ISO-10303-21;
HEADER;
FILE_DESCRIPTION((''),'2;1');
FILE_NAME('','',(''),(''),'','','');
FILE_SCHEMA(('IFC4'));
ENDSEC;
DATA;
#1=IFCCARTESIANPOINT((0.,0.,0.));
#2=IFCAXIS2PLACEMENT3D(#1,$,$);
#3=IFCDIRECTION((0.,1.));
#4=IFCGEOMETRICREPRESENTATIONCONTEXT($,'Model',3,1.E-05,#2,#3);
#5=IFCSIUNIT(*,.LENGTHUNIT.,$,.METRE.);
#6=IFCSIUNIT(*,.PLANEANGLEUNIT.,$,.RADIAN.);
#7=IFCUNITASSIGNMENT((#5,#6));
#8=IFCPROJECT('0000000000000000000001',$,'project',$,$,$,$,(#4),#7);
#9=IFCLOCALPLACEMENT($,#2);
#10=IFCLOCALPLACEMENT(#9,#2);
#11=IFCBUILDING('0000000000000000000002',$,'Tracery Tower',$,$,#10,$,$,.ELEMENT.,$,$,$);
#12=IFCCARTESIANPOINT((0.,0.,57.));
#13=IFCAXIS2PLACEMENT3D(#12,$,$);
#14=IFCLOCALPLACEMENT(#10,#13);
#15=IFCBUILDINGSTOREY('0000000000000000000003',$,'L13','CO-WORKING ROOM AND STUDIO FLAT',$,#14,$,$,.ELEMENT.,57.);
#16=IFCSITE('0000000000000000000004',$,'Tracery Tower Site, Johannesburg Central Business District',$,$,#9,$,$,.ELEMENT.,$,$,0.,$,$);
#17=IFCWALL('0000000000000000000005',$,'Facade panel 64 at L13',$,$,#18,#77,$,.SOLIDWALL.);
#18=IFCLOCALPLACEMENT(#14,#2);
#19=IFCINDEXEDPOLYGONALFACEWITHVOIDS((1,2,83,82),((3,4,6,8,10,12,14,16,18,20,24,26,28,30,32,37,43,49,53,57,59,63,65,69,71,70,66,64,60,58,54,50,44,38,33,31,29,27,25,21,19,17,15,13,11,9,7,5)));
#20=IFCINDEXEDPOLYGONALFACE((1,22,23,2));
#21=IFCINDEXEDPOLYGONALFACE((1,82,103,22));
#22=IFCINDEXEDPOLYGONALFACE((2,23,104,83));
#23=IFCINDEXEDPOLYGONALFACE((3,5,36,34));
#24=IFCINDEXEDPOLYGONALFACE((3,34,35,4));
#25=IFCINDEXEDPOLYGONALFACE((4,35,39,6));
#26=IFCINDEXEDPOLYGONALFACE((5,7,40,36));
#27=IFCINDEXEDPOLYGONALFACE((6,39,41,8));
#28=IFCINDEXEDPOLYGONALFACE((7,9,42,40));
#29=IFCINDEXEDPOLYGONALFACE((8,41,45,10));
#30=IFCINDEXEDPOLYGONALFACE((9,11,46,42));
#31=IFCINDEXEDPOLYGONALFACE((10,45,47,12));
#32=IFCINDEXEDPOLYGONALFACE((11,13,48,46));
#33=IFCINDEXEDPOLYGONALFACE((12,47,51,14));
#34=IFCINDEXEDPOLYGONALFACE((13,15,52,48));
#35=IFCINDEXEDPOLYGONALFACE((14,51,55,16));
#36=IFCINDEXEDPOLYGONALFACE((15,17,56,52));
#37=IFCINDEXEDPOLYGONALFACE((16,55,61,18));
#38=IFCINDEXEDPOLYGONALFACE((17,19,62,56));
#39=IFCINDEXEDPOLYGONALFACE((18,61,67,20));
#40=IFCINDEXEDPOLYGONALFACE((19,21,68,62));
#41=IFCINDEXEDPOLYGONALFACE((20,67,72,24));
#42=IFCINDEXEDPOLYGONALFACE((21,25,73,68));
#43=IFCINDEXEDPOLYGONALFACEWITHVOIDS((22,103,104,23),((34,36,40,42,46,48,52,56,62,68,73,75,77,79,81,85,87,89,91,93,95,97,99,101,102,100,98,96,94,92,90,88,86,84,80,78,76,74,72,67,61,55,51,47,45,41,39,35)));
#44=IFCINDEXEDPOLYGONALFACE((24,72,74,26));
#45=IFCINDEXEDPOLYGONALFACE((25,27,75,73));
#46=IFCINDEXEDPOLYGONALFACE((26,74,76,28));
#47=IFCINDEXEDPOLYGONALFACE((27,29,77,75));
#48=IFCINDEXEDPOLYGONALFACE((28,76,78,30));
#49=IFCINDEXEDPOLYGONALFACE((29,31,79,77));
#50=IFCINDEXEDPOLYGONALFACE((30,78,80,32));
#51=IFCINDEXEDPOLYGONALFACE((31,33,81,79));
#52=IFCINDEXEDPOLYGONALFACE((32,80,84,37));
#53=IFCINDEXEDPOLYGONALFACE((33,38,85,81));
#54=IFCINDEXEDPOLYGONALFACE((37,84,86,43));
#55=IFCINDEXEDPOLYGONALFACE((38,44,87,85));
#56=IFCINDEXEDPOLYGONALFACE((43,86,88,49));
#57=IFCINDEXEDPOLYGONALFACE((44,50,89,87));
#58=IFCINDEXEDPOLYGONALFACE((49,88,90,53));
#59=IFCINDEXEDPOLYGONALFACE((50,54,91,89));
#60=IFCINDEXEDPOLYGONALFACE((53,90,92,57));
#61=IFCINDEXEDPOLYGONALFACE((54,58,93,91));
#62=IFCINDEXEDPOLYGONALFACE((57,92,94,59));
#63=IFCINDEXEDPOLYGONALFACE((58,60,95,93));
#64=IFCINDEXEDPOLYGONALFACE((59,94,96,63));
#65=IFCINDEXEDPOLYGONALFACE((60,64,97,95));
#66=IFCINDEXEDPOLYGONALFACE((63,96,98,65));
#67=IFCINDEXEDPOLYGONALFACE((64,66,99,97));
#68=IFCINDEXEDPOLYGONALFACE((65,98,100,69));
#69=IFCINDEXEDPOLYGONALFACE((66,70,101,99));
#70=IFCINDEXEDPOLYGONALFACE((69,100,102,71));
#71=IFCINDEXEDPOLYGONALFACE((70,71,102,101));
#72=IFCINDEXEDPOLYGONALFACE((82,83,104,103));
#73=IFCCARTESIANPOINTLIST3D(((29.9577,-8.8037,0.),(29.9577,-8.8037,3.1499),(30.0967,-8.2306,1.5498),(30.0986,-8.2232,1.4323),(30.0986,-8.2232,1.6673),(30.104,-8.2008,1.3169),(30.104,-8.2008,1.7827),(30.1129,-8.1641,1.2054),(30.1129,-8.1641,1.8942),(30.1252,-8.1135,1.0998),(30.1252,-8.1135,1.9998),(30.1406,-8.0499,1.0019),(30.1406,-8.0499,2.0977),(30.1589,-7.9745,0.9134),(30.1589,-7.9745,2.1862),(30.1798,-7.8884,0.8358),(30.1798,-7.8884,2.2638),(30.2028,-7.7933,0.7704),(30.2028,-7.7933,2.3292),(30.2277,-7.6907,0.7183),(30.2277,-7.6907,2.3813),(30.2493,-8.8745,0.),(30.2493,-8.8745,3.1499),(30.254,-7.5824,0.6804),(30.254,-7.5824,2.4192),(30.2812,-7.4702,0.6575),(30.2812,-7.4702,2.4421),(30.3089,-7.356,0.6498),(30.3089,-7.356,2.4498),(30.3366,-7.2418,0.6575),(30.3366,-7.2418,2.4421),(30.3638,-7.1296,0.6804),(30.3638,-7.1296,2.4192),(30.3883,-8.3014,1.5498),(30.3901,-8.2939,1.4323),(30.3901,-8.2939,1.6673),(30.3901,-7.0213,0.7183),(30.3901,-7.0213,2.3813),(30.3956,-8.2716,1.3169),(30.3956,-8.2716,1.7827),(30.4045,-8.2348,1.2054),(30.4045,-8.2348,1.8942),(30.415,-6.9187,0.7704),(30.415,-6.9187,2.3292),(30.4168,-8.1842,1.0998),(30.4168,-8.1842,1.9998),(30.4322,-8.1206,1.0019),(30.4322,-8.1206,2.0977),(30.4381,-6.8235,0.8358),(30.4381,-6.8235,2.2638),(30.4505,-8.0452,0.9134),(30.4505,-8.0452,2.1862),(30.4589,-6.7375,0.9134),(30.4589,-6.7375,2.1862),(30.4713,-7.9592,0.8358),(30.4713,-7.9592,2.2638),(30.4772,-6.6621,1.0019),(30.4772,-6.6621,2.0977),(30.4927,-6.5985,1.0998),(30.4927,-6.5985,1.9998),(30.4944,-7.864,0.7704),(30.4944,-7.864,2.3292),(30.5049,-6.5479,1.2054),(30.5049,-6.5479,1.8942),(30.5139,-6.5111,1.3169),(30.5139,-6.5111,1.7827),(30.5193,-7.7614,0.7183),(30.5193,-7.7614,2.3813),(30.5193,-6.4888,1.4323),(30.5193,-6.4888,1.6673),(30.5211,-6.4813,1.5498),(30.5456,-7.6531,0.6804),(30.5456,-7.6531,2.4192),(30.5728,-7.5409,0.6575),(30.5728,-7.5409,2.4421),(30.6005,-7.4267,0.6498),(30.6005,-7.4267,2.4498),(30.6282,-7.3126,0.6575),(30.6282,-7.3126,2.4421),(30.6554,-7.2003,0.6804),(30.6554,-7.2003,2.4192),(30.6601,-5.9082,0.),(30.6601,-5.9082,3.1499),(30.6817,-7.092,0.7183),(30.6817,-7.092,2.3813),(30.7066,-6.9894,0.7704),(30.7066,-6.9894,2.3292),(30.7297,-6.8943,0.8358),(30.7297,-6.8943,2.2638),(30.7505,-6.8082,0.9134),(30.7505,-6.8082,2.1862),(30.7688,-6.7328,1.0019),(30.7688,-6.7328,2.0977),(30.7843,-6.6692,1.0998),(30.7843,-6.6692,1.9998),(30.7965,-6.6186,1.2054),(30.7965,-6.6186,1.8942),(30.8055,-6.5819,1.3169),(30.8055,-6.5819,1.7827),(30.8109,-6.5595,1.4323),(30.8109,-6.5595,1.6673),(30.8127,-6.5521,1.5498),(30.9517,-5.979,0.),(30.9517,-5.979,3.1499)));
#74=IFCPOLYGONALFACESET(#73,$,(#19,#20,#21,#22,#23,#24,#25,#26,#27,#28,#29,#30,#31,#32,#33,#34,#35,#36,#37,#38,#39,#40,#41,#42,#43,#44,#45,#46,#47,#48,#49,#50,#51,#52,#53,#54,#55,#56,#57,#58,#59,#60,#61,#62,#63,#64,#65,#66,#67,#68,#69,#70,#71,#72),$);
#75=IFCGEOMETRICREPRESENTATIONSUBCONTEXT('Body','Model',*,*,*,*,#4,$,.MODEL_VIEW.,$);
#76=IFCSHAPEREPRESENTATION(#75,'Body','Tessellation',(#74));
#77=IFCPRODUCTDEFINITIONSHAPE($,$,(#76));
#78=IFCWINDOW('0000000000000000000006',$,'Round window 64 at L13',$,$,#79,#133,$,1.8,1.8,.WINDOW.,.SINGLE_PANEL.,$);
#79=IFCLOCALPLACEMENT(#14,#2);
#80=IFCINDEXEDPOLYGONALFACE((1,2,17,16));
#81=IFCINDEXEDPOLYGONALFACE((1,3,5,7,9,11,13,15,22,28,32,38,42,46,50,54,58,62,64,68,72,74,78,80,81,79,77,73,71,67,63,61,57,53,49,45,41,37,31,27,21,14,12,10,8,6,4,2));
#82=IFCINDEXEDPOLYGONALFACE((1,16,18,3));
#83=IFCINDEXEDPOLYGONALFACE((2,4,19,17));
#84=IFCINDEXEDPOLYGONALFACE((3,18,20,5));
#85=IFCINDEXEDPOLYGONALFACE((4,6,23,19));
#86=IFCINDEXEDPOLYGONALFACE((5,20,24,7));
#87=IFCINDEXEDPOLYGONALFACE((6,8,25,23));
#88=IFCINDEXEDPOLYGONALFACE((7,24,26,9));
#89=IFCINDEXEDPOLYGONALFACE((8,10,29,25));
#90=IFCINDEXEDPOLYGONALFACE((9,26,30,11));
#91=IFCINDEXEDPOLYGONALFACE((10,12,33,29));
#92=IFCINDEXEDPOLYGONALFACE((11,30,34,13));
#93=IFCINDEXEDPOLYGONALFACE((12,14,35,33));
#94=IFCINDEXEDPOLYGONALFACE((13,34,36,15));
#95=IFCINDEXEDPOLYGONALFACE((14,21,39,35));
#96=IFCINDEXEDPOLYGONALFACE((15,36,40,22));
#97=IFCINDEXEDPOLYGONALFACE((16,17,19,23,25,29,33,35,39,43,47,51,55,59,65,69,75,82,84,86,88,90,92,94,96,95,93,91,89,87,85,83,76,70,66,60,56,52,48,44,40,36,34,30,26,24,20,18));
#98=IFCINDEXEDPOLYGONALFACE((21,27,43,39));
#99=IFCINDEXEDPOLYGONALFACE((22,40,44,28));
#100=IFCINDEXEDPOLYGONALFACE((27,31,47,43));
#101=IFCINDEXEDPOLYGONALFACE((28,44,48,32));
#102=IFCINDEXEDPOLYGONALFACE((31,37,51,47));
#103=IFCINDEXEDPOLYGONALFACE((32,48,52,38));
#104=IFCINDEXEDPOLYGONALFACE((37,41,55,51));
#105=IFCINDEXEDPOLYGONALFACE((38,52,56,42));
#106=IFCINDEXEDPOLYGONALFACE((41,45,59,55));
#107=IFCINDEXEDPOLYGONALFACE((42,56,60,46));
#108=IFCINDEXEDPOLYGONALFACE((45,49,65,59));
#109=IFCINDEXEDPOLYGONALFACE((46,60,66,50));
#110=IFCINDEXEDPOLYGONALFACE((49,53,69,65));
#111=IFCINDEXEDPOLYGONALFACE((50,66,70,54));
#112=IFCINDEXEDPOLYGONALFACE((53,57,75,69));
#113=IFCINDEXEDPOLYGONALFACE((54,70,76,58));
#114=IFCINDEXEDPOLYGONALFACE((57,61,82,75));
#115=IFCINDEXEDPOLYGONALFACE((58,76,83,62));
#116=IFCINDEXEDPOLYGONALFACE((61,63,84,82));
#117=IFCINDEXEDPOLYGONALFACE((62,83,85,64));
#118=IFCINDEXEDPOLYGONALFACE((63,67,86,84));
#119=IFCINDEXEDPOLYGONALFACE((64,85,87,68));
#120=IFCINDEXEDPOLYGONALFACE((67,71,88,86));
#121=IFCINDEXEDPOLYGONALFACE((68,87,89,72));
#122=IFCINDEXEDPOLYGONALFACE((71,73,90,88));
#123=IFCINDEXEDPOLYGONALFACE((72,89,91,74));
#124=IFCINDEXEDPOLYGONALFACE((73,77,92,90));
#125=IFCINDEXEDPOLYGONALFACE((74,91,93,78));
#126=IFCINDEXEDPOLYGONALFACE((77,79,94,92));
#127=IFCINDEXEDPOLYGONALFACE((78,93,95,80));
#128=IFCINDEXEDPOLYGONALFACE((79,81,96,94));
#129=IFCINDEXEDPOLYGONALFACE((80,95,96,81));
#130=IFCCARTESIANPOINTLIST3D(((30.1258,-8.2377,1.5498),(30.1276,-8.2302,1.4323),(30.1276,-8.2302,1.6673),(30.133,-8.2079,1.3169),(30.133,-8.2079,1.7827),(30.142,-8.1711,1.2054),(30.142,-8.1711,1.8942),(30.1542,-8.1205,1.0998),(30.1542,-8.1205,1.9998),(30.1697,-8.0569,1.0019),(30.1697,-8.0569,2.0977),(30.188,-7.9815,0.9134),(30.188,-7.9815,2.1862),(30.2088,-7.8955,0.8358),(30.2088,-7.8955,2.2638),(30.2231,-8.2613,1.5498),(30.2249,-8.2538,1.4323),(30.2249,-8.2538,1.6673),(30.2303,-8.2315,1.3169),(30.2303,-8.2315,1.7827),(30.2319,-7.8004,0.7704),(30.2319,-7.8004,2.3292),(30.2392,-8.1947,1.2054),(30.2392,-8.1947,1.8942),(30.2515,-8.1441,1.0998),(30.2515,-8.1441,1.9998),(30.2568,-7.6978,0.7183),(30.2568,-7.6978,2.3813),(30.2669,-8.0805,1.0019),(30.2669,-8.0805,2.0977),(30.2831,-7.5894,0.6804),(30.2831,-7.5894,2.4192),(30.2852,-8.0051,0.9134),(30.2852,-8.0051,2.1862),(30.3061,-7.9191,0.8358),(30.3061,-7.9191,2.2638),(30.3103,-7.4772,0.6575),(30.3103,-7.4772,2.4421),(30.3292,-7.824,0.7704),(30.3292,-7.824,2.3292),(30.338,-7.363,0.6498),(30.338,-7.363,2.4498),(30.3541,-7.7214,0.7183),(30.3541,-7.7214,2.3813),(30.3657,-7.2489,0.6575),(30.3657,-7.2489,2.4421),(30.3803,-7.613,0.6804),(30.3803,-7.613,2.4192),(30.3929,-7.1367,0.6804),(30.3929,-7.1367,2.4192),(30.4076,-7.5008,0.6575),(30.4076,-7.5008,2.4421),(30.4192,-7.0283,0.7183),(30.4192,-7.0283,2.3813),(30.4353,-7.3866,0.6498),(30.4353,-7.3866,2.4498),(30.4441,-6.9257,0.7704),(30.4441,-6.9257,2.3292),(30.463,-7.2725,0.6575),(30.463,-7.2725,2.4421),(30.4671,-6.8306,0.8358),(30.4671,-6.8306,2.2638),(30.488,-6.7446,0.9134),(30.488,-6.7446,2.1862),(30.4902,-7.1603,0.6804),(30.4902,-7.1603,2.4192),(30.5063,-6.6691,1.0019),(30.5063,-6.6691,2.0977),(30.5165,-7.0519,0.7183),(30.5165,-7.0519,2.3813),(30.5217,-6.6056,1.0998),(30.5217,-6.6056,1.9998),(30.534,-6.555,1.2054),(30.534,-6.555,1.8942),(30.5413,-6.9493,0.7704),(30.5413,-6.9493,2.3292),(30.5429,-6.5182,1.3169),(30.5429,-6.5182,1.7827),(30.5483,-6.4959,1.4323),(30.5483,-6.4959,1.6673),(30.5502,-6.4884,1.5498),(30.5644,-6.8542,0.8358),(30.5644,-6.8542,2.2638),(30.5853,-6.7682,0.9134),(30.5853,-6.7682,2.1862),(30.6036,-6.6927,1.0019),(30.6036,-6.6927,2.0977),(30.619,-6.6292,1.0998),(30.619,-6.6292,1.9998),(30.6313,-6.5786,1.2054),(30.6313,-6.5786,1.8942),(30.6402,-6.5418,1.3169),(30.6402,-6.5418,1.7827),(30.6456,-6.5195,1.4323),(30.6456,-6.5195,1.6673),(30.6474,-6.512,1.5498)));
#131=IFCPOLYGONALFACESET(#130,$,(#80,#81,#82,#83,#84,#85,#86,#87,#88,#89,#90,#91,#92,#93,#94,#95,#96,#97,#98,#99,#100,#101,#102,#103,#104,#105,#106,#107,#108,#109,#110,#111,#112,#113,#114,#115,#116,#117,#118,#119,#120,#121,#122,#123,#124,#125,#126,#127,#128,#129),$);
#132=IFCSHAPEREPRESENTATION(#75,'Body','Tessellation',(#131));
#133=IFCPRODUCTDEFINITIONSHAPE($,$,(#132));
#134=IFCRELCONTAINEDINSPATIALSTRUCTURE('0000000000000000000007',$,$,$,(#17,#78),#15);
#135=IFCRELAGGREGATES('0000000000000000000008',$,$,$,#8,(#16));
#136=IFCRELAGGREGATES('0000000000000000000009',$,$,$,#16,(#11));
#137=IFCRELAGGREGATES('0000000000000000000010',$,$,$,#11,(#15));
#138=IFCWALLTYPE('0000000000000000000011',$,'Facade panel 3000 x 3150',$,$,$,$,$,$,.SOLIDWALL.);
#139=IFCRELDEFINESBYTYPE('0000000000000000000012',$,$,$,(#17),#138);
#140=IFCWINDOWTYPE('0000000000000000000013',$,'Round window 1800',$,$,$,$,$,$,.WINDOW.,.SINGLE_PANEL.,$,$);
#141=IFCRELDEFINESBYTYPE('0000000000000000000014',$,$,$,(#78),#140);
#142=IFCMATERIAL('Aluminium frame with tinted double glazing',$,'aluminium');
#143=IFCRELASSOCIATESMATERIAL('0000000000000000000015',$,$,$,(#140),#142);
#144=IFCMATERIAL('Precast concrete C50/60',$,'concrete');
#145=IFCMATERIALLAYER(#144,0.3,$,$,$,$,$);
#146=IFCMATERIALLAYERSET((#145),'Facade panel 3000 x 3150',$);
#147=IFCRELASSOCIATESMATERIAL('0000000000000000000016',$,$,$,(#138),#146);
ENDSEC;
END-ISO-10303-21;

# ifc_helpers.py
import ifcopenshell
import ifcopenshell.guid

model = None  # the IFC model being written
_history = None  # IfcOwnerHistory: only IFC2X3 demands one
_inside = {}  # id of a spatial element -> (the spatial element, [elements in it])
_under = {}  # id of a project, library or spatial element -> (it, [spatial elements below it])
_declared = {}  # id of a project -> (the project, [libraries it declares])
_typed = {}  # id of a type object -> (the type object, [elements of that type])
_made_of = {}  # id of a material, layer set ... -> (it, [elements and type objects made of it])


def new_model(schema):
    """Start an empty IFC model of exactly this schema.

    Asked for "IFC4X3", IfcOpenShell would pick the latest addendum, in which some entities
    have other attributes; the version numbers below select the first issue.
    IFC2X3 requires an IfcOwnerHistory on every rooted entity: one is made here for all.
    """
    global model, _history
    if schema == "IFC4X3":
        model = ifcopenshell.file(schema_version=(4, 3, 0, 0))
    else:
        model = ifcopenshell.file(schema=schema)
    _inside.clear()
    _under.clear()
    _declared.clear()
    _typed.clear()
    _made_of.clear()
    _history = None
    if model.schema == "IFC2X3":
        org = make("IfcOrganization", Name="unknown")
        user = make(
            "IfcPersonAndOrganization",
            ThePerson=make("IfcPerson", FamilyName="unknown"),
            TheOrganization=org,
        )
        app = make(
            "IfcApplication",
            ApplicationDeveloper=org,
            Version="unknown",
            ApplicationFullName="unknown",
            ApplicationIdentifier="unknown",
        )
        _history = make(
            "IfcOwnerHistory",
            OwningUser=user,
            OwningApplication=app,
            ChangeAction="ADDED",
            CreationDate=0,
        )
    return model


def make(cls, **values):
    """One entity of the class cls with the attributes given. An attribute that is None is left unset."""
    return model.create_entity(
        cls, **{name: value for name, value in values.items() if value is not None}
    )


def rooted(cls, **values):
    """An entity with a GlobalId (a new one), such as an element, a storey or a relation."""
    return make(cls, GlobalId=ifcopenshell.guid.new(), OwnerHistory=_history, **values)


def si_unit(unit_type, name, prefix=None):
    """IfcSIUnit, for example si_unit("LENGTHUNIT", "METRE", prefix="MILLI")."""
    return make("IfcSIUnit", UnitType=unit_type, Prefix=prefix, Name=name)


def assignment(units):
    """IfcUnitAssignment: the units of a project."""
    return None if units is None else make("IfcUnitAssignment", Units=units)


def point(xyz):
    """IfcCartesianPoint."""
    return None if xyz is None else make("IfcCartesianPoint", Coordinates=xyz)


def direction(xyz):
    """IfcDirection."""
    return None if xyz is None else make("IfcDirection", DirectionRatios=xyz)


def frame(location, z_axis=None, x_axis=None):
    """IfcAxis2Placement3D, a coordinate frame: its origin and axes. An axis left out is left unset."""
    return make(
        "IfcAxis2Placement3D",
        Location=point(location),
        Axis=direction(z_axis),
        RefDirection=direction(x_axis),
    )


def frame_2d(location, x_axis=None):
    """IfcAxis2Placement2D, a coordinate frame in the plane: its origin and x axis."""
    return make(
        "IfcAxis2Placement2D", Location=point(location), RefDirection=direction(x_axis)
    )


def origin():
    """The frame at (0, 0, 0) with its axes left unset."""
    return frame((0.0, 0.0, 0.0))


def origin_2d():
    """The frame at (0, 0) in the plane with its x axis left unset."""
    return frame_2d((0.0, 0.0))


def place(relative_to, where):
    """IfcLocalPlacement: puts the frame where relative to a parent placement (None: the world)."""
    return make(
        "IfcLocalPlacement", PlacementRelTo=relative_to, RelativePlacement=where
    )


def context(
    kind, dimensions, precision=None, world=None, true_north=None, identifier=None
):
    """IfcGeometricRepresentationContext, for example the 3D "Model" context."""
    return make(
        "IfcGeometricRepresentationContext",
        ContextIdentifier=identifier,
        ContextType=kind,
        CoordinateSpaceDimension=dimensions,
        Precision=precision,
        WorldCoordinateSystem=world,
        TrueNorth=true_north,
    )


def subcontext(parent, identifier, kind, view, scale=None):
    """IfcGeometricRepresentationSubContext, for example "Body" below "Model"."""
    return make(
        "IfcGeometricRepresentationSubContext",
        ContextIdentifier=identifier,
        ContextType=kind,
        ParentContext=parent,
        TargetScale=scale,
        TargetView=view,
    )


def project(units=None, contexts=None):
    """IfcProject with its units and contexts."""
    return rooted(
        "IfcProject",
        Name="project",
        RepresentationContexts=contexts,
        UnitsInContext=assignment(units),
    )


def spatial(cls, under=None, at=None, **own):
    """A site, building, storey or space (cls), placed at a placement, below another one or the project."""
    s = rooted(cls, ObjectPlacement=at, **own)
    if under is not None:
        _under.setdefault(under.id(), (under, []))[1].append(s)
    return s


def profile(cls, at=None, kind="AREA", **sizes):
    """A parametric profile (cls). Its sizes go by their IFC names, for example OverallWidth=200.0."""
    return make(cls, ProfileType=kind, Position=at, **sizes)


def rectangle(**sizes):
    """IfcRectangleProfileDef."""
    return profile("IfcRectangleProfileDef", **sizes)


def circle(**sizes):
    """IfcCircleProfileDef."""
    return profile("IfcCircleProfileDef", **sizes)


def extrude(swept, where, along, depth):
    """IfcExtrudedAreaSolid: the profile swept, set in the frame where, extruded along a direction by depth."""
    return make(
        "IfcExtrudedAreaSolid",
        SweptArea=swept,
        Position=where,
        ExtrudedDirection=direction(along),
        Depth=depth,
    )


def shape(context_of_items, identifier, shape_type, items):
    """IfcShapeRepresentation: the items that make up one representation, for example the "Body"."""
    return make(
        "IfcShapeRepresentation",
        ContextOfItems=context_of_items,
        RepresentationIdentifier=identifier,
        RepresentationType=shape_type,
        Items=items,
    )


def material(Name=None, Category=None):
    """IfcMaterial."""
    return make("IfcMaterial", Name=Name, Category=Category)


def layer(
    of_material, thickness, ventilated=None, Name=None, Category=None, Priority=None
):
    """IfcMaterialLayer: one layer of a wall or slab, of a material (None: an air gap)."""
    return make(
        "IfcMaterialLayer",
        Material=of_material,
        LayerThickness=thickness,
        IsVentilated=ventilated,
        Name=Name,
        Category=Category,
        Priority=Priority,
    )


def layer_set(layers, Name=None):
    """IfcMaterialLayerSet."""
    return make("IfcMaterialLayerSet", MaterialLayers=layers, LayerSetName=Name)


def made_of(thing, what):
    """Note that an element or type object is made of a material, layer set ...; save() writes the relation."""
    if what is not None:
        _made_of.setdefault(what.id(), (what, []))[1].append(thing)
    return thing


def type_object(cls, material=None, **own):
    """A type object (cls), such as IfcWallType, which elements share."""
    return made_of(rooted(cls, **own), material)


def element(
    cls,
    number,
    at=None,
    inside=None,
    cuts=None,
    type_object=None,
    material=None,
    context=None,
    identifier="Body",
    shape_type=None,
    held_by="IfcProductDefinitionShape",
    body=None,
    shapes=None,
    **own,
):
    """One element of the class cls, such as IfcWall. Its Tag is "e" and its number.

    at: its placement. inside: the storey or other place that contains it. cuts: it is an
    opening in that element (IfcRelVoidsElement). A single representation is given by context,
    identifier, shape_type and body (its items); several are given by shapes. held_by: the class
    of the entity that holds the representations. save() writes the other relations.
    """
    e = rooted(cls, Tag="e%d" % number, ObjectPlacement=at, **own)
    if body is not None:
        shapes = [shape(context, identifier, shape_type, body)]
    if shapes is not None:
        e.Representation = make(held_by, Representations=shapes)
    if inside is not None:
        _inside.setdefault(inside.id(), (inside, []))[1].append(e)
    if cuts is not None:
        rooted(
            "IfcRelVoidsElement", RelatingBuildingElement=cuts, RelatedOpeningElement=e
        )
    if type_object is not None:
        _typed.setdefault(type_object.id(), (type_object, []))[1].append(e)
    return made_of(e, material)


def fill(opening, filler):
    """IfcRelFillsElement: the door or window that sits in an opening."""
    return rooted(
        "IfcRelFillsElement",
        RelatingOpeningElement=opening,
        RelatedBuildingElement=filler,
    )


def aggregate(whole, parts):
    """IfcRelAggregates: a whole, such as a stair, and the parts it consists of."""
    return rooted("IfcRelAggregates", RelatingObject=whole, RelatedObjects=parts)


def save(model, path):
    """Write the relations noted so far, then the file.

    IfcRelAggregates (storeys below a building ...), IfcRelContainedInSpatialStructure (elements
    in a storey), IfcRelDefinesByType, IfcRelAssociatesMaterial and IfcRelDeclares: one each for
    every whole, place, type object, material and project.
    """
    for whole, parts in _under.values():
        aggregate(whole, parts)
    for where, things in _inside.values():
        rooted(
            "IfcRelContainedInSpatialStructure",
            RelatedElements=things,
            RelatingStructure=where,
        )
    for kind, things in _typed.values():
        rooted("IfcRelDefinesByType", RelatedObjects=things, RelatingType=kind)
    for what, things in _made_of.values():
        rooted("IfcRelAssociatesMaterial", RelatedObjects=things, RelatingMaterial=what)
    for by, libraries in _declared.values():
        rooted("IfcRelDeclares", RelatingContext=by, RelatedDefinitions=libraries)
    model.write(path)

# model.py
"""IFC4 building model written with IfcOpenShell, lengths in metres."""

from ifc_helpers import new_model, si_unit, direction, frame, frame_2d, origin, origin_2d, place, context, subcontext, project, spatial, rectangle, circle, extrude, material, layer, layer_set, type_object, element, fill, save


model = new_model("IFC4")

# Units and contexts
model_context = context("Model", 3, precision=1e-05, world=origin(), true_north=direction((0.0, 1.0)))
body_context = subcontext(model_context, "Body", "Model", "MODEL_VIEW")
ifc_project = project(units=[si_unit("LENGTHUNIT", "METRE"), si_unit("PLANEANGLEUNIT", "RADIAN")], contexts=[model_context])

# Site, building, storey
site_placement = place(None, origin())
site = spatial("IfcSite", under=ifc_project, at=site_placement, Name="Tracery Tower Site, Johannesburg Central Business District", CompositionType="ELEMENT", RefElevation=0.0)
building_placement = place(site_placement, origin())
building = spatial("IfcBuilding", under=site, at=building_placement, Name="Tracery Tower", CompositionType="ELEMENT")
storey_placement = place(building_placement, frame((0.0, 0.0, 57.0)))
storey = spatial("IfcBuildingStorey", under=building, at=storey_placement, Name="L13", Description="CO-WORKING ROOM AND STUDIO FLAT", CompositionType="ELEMENT", Elevation=57.0)

# Wall, opening, window
ifc_material_1 = material(Name="Aluminium frame with tinted double glazing", Category="aluminium")
window_type = type_object("IfcWindowType", Name="Round window 1800", PartitioningType="SINGLE_PANEL", PredefinedType="WINDOW", material=ifc_material_1)
ifc_material_2 = material(Name="Precast concrete C50/60", Category="concrete")
ifc_layer_1 = layer(ifc_material_2, 0.3)
ifc_layer_set_1 = layer_set([ifc_layer_1], Name="Facade panel 3000 x 3150")
wall_type_1 = type_object("IfcWallType", Name="Facade panel 3000 x 3150", PredefinedType="SOLIDWALL", material=ifc_layer_set_1)
wall_1_placement = place(storey_placement, frame((30.1035, -8.8391, 0.0), z_axis=(0.0, 0.0, 1.0), x_axis=(0.235743, 0.971815, 0.0)))
wall_1 = element("IfcWall", 1, at=wall_1_placement, inside=storey, type_object=wall_type_1, Name="Facade panel 64 at L13", PredefinedType="SOLIDWALL", context=body_context, shape_type="SweptSolid", body=[
    extrude(rectangle(XDim=2.9795, YDim=0.3, at=frame_2d((1.4897, 0.0))), origin(), (0.0, 0.0, 1.0), 3.1499),
])
opening_1_placement = place(wall_1_placement, frame((1.4897, 0.0, 1.5498)))
opening_1 = element("IfcOpeningElement", 2, at=opening_1_placement, cuts=wall_1, PredefinedType="OPENING", context=body_context, shape_type="SweptSolid", body=[
    extrude(circle(Radius=0.9, at=origin_2d()), frame((0.0, 0.1599, 0.0), z_axis=(0.0, -1.0, 0.0), x_axis=(1.0, 0.0, 0.0)), (0.0, 0.0, 1.0), 0.3201),
])
window_1_placement = place(opening_1_placement, origin())
window_1 = element("IfcWindow", 3, at=window_1_placement, inside=storey, type_object=window_type, Name="Round window 64 at L13", OverallHeight=1.8, OverallWidth=1.8, PartitioningType="SINGLE_PANEL", PredefinedType="WINDOW", context=body_context, shape_type="SweptSolid", body=[
    extrude(circle(Radius=0.9, at=origin_2d()), frame((0.0, 0.1201, 0.0), z_axis=(0.0, -1.0, 0.0), x_axis=(1.0, 0.0, 0.0)), (0.0, 0.0, 1.0), 0.1001),
])
fill(opening_1, window_1)

save(model, "model.ifc")
